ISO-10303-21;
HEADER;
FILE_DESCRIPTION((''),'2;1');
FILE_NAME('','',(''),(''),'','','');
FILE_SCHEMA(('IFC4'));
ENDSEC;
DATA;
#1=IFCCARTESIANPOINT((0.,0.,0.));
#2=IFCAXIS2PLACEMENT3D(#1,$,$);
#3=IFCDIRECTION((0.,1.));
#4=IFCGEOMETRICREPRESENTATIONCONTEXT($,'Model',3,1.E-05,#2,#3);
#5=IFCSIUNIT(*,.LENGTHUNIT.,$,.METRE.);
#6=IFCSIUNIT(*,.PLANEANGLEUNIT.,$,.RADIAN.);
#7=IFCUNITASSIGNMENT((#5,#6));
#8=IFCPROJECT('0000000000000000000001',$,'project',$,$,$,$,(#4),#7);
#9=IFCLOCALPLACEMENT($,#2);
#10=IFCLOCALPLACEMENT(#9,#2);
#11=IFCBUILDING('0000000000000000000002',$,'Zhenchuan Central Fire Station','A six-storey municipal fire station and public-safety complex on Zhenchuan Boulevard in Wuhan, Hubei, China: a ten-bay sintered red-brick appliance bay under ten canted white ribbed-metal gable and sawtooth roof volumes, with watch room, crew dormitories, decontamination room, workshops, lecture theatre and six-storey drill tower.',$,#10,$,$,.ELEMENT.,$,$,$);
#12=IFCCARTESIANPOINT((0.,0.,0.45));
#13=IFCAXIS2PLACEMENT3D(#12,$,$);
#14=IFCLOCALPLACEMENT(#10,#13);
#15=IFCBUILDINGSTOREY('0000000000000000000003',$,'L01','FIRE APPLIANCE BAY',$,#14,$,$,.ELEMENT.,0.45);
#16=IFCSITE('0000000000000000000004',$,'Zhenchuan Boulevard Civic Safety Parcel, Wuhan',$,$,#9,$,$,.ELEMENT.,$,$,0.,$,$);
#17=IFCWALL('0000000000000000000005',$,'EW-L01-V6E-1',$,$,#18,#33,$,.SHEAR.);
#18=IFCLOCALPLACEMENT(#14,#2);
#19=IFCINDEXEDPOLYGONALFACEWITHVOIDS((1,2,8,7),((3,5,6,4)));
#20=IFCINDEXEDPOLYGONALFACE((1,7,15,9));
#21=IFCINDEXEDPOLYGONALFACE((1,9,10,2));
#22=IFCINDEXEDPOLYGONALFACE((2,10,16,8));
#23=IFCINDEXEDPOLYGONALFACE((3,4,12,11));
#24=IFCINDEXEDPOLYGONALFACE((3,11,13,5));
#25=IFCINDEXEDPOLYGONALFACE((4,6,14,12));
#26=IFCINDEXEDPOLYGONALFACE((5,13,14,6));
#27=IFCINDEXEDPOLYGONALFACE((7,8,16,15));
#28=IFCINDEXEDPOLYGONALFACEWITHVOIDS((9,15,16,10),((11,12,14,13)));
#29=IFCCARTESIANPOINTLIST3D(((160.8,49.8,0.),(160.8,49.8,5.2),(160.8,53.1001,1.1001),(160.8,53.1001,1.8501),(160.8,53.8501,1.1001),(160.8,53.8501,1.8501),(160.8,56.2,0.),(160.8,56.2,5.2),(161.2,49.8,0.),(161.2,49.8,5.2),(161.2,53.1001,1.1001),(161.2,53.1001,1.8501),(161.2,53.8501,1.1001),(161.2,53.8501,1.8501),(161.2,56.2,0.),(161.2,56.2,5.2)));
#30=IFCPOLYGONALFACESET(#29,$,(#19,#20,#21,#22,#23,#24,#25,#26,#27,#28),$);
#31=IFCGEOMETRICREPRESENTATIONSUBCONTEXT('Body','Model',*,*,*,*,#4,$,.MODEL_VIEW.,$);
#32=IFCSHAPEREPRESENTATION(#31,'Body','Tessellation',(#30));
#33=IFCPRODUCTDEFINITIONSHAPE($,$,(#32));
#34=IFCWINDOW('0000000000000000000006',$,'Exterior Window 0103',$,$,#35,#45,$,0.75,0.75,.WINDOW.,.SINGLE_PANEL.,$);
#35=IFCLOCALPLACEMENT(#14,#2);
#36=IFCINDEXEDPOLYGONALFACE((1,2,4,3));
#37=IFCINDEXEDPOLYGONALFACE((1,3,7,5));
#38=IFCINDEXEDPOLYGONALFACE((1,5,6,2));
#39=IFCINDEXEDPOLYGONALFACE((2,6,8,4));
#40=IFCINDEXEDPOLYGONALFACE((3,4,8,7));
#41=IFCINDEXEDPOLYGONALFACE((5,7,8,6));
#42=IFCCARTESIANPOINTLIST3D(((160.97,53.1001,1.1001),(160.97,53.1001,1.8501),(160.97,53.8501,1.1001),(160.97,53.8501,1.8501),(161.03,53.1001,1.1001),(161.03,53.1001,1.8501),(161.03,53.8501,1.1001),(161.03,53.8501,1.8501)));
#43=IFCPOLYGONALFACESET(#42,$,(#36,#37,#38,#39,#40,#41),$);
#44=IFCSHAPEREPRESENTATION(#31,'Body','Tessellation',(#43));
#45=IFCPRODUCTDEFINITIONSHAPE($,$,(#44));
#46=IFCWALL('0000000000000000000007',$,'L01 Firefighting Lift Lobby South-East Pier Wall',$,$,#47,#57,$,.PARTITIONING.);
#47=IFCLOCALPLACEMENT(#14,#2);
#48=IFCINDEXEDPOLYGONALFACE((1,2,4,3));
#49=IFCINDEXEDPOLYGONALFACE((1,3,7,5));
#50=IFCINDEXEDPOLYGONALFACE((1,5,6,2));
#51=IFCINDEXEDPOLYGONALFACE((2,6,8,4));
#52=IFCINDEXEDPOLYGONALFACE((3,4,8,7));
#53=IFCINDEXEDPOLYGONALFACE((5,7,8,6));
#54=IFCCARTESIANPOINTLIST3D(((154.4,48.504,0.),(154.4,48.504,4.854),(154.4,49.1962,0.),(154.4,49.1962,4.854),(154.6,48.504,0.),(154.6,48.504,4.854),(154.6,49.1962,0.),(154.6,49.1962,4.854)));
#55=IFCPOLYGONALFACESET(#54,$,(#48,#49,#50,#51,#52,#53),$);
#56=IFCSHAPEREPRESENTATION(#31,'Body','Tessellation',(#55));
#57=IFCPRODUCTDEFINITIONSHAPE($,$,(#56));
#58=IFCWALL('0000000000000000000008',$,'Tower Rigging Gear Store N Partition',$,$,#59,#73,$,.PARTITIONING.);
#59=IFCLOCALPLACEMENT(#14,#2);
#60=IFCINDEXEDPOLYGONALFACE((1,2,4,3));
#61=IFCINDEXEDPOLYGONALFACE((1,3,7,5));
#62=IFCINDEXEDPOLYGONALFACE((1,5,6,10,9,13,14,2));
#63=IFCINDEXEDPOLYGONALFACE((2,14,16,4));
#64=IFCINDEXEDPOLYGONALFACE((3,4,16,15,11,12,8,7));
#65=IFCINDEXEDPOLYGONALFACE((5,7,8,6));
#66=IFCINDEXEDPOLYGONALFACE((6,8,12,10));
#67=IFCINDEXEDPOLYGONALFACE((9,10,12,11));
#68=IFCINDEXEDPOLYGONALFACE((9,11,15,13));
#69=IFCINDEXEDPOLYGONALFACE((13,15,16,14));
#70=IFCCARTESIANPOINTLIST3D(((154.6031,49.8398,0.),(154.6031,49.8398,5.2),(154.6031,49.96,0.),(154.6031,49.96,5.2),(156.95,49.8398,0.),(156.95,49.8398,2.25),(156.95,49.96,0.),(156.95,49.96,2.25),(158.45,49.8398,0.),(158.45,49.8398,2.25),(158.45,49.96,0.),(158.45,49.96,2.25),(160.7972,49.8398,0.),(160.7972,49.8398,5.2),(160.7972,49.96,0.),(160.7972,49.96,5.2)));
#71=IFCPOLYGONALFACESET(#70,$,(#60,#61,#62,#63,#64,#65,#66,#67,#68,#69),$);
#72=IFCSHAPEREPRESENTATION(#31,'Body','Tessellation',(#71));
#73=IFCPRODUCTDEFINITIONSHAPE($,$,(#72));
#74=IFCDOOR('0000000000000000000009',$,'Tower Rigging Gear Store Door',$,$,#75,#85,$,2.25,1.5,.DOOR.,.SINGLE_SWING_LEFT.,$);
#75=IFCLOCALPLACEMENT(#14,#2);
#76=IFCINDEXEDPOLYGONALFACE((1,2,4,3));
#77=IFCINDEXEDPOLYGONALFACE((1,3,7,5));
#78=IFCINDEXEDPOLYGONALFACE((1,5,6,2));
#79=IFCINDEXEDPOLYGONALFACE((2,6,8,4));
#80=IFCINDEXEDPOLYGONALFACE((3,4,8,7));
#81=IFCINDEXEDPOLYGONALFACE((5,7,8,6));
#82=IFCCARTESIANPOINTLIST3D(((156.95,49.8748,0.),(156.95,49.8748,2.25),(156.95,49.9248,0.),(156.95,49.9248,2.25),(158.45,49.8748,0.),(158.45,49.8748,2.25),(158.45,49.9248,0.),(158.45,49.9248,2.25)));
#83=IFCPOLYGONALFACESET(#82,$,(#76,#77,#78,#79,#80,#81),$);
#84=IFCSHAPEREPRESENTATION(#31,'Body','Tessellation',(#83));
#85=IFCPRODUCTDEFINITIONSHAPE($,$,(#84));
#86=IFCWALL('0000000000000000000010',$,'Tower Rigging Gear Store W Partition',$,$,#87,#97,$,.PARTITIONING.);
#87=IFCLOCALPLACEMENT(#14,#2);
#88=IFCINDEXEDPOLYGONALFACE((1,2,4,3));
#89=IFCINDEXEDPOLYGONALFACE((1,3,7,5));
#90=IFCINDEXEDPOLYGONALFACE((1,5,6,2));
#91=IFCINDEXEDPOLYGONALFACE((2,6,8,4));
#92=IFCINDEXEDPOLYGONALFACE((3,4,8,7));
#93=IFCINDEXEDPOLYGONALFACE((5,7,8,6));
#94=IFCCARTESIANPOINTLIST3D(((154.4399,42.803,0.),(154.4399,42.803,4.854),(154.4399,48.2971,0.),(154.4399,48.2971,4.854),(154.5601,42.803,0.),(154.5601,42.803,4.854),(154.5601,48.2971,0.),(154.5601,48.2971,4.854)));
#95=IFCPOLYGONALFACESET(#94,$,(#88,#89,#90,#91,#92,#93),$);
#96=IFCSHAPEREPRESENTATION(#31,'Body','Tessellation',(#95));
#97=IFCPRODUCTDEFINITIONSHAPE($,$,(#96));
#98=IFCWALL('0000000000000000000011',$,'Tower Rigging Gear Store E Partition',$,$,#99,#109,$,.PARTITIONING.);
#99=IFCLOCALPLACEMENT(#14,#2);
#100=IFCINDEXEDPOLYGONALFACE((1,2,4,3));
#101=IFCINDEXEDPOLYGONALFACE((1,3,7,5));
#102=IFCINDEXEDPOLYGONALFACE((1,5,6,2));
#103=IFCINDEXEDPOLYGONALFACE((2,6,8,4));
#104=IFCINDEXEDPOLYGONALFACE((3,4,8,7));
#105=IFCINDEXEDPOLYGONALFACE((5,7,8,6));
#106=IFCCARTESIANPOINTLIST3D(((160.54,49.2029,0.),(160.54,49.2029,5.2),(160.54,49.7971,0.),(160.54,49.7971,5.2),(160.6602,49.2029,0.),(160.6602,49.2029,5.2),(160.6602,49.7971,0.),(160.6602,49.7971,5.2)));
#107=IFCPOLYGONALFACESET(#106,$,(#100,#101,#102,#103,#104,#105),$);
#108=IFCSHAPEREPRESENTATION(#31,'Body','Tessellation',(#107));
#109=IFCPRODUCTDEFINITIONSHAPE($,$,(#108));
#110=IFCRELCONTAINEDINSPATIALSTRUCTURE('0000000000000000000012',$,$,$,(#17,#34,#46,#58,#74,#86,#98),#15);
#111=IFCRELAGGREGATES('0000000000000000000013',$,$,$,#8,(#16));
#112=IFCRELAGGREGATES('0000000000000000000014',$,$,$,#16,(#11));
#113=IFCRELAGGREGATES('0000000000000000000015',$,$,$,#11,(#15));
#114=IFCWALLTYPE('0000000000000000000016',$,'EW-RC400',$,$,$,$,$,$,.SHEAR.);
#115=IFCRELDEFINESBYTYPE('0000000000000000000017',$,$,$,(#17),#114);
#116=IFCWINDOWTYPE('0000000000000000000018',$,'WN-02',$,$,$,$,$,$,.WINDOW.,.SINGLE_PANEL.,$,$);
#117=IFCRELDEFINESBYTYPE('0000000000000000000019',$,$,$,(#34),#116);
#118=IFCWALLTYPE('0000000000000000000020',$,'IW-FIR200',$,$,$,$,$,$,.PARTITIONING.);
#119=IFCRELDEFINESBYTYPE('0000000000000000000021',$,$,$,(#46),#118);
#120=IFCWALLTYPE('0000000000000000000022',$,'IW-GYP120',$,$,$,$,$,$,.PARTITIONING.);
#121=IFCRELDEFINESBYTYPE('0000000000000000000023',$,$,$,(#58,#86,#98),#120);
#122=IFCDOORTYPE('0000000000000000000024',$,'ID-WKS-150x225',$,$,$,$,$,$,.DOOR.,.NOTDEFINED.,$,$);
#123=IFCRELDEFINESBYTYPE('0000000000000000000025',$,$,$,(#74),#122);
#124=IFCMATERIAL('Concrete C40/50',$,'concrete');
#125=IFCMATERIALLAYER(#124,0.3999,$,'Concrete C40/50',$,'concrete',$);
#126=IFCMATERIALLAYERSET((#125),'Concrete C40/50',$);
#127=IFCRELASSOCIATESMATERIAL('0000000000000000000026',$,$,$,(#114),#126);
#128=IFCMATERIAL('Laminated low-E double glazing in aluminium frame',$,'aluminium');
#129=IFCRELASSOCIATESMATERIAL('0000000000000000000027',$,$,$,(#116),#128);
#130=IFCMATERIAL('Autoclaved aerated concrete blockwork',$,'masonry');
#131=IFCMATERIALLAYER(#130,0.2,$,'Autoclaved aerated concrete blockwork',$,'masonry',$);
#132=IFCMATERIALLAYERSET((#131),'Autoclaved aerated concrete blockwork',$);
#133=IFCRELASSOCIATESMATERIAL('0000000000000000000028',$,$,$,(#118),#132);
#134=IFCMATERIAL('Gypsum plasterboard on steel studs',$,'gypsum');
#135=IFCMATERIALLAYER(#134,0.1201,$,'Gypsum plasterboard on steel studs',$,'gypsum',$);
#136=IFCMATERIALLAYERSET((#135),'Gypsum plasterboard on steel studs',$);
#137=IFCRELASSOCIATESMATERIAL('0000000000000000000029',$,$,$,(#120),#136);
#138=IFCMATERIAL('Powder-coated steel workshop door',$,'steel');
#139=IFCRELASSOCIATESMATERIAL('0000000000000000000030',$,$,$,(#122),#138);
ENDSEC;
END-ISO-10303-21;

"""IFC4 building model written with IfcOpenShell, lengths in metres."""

from ifc_helpers import new_model, si_unit, direction, frame, frame_2d, origin, place, context, subcontext, project, spatial, rectangle, extrude, material, layer, layer_set, type_object, element, fill, save


model = new_model("IFC4")

# Units and contexts
model_context = context("Model", 3, precision=1e-05, world=origin(), true_north=direction((0.0, 1.0)))
body_context = subcontext(model_context, "Body", "Model", "MODEL_VIEW")
ifc_project = project(units=[si_unit("LENGTHUNIT", "METRE"), si_unit("PLANEANGLEUNIT", "RADIAN")], contexts=[model_context])

# Site, building, storey
site_placement = place(None, origin())
site = spatial("IfcSite", under=ifc_project, at=site_placement, Name="Zhenchuan Boulevard Civic Safety Parcel, Wuhan", CompositionType="ELEMENT", RefElevation=0.0)
building_placement = place(site_placement, origin())
building = spatial("IfcBuilding", under=site, at=building_placement, Name="Zhenchuan Central Fire Station", Description="A six-storey municipal fire station and public-safety complex on Zhenchuan Boulevard in Wuhan, Hubei, China: a ten-bay sintered red-brick appliance bay under ten canted white ribbed-metal gable and sawtooth roof volumes, with watch room, crew dormitories, decontamination room, workshops, lecture theatre and six-storey drill tower.", CompositionType="ELEMENT")
storey_placement = place(building_placement, frame((0.0, 0.0, 0.45)))
storey = spatial("IfcBuildingStorey", under=building, at=storey_placement, Name="L01", Description="FIRE APPLIANCE BAY", CompositionType="ELEMENT", Elevation=0.45)

# Shared definitions
ifc_material_1 = material(Name="Concrete C40/50", Category="concrete")

# Wall, opening, window
ifc_layer_1 = layer(ifc_material_1, 0.3999, Name="Concrete C40/50", Category="concrete")
ifc_layer_set_1 = layer_set([ifc_layer_1], Name="Concrete C40/50")
wall_type_1 = type_object("IfcWallType", Name="EW-RC400", PredefinedType="SHEAR", material=ifc_layer_set_1)
wall_1_placement = place(storey_placement, frame((161.0, 49.8, 0.0), z_axis=(0.0, 0.0, 1.0), x_axis=(0.0, 1.0, 0.0)))
wall_1 = element("IfcWall", 1, at=wall_1_placement, inside=storey, type_object=wall_type_1, Name="EW-L01-V6E-1", PredefinedType="SHEAR", context=body_context, shape_type="SweptSolid", body=[
    extrude(rectangle(XDim=6.3999, YDim=0.3999, at=frame_2d((3.2, 0.0))), origin(), (0.0, 0.0, 1.0), 5.2),
])
opening_1_placement = place(wall_1_placement, frame((3.3, 0.0, 1.1001)))
opening_1 = element("IfcOpeningElement", 2, at=opening_1_placement, cuts=wall_1, PredefinedType="OPENING", context=body_context, shape_type="SweptSolid", body=[
    extrude(rectangle(XDim=0.75, YDim=0.75, at=frame_2d((0.375, 0.375))), frame((0.0, 0.21, 0.0), z_axis=(0.0, -1.0, 0.0), x_axis=(1.0, 0.0, 0.0)), (0.0, 0.0, 1.0), 0.4199),
])
ifc_material_2 = material(Name="Laminated low-E double glazing in aluminium frame", Category="aluminium")
window_type = type_object("IfcWindowType", Name="WN-02", PartitioningType="SINGLE_PANEL", PredefinedType="WINDOW", material=ifc_material_2)
window_placement = place(opening_1_placement, origin())
window = element("IfcWindow", 3, at=window_placement, inside=storey, type_object=window_type, Name="Exterior Window 0103", OverallHeight=0.75, OverallWidth=0.75, PartitioningType="SINGLE_PANEL", PredefinedType="WINDOW", context=body_context, shape_type="SweptSolid", body=[
    extrude(rectangle(XDim=0.75, YDim=0.75, at=frame_2d((0.375, 0.375))), frame((0.0, 0.03, 0.0), z_axis=(0.0, -1.0, 0.0), x_axis=(1.0, 0.0, 0.0)), (0.0, 0.0, 1.0), 0.0601),
])
fill(opening_1, window)

# Wall
ifc_material_3 = material(Name="Autoclaved aerated concrete blockwork", Category="masonry")
ifc_layer_2 = layer(ifc_material_3, 0.2, Name="Autoclaved aerated concrete blockwork", Category="masonry")
ifc_layer_set_2 = layer_set([ifc_layer_2], Name="Autoclaved aerated concrete blockwork")
wall_type_2 = type_object("IfcWallType", Name="IW-FIR200", PredefinedType="PARTITIONING", material=ifc_layer_set_2)
wall_2_placement = place(storey_placement, frame((154.5, 48.5039, 0.0), z_axis=(0.0, 0.0, 1.0), x_axis=(0.0, 1.0, 0.0)))
element("IfcWall", 4, at=wall_2_placement, inside=storey, type_object=wall_type_2, Name="L01 Firefighting Lift Lobby South-East Pier Wall", PredefinedType="PARTITIONING", context=body_context, shape_type="SweptSolid", body=[
    extrude(rectangle(XDim=0.6921, YDim=0.2, at=frame_2d((0.3462, 0.0))), origin(), (0.0, 0.0, 1.0), 4.854),
])

# Wall, opening, door
ifc_material_4 = material(Name="Gypsum plasterboard on steel studs", Category="gypsum")
ifc_layer_3 = layer(ifc_material_4, 0.1201, Name="Gypsum plasterboard on steel studs", Category="gypsum")
ifc_layer_set_3 = layer_set([ifc_layer_3], Name="Gypsum plasterboard on steel studs")
wall_type_3 = type_object("IfcWallType", Name="IW-GYP120", PredefinedType="PARTITIONING", material=ifc_layer_set_3)
wall_3_placement = place(storey_placement, frame((154.603, 49.8999, 0.0), z_axis=(0.0, 0.0, 1.0), x_axis=(1.0, 0.0, 0.0)))
wall_3 = element("IfcWall", 5, at=wall_3_placement, inside=storey, type_object=wall_type_3, Name="Tower Rigging Gear Store N Partition", PredefinedType="PARTITIONING", context=body_context, shape_type="SweptSolid", body=[
    extrude(rectangle(XDim=6.1941, YDim=0.1201, at=frame_2d((3.0972, 0.0))), origin(), (0.0, 0.0, 1.0), 5.2),
])
opening_2_placement = place(wall_3_placement, frame((2.3469, 0.0, 0.0)))
opening_2 = element("IfcOpeningElement", 6, at=opening_2_placement, cuts=wall_3, PredefinedType="OPENING", context=body_context, shape_type="SweptSolid", body=[
    extrude(rectangle(XDim=1.5, YDim=2.25, at=frame_2d((0.75, 1.125))), frame((0.0, 0.0701, 0.0), z_axis=(0.0, -1.0, 0.0), x_axis=(1.0, 0.0, 0.0)), (0.0, 0.0, 1.0), 0.1401),
])
ifc_material_5 = material(Name="Powder-coated steel workshop door", Category="steel")
door_type_1 = type_object("IfcDoorType", Name="ID-WKS-150x225", OperationType="NOTDEFINED", PredefinedType="DOOR", material=ifc_material_5)
door_1_placement = place(opening_2_placement, origin())
door_1 = element("IfcDoor", 7, at=door_1_placement, inside=storey, type_object=door_type_1, Name="Tower Rigging Gear Store Door", OperationType="SINGLE_SWING_LEFT", OverallHeight=2.25, OverallWidth=1.5, PredefinedType="DOOR", context=body_context, shape_type="SweptSolid", body=[
    extrude(rectangle(XDim=1.5, YDim=2.25, at=frame_2d((0.75, 1.125))), frame((0.0, 0.0249, 0.0), z_axis=(0.0, -1.0, 0.0), x_axis=(1.0, 0.0, 0.0)), (0.0, 0.0, 1.0), 0.05),
])
fill(opening_2, door_1)

# Walls
wall_4_placement = place(storey_placement, frame((154.5, 42.803, 0.0), z_axis=(0.0, 0.0, 1.0), x_axis=(0.0, 1.0, 0.0)))
element("IfcWall", 8, at=wall_4_placement, inside=storey, type_object=wall_type_3, Name="Tower Rigging Gear Store W Partition", PredefinedType="PARTITIONING", context=body_context, shape_type="SweptSolid", body=[
    extrude(rectangle(XDim=5.4941, YDim=0.1201, at=frame_2d((2.7471, 0.0))), origin(), (0.0, 0.0, 1.0), 4.854),
])
wall_5_placement = place(storey_placement, frame((160.6001, 49.2029, 0.0), z_axis=(0.0, 0.0, 1.0), x_axis=(0.0, 1.0, 0.0)))
element("IfcWall", 9, at=wall_5_placement, inside=storey, type_object=wall_type_3, Name="Tower Rigging Gear Store E Partition", PredefinedType="PARTITIONING", context=body_context, shape_type="SweptSolid", body=[
    extrude(rectangle(XDim=0.5942, YDim=0.1201, at=frame_2d((0.2971, 0.0))), origin(), (0.0, 0.0, 1.0), 5.2),
])

save(model, "model.ifc")
